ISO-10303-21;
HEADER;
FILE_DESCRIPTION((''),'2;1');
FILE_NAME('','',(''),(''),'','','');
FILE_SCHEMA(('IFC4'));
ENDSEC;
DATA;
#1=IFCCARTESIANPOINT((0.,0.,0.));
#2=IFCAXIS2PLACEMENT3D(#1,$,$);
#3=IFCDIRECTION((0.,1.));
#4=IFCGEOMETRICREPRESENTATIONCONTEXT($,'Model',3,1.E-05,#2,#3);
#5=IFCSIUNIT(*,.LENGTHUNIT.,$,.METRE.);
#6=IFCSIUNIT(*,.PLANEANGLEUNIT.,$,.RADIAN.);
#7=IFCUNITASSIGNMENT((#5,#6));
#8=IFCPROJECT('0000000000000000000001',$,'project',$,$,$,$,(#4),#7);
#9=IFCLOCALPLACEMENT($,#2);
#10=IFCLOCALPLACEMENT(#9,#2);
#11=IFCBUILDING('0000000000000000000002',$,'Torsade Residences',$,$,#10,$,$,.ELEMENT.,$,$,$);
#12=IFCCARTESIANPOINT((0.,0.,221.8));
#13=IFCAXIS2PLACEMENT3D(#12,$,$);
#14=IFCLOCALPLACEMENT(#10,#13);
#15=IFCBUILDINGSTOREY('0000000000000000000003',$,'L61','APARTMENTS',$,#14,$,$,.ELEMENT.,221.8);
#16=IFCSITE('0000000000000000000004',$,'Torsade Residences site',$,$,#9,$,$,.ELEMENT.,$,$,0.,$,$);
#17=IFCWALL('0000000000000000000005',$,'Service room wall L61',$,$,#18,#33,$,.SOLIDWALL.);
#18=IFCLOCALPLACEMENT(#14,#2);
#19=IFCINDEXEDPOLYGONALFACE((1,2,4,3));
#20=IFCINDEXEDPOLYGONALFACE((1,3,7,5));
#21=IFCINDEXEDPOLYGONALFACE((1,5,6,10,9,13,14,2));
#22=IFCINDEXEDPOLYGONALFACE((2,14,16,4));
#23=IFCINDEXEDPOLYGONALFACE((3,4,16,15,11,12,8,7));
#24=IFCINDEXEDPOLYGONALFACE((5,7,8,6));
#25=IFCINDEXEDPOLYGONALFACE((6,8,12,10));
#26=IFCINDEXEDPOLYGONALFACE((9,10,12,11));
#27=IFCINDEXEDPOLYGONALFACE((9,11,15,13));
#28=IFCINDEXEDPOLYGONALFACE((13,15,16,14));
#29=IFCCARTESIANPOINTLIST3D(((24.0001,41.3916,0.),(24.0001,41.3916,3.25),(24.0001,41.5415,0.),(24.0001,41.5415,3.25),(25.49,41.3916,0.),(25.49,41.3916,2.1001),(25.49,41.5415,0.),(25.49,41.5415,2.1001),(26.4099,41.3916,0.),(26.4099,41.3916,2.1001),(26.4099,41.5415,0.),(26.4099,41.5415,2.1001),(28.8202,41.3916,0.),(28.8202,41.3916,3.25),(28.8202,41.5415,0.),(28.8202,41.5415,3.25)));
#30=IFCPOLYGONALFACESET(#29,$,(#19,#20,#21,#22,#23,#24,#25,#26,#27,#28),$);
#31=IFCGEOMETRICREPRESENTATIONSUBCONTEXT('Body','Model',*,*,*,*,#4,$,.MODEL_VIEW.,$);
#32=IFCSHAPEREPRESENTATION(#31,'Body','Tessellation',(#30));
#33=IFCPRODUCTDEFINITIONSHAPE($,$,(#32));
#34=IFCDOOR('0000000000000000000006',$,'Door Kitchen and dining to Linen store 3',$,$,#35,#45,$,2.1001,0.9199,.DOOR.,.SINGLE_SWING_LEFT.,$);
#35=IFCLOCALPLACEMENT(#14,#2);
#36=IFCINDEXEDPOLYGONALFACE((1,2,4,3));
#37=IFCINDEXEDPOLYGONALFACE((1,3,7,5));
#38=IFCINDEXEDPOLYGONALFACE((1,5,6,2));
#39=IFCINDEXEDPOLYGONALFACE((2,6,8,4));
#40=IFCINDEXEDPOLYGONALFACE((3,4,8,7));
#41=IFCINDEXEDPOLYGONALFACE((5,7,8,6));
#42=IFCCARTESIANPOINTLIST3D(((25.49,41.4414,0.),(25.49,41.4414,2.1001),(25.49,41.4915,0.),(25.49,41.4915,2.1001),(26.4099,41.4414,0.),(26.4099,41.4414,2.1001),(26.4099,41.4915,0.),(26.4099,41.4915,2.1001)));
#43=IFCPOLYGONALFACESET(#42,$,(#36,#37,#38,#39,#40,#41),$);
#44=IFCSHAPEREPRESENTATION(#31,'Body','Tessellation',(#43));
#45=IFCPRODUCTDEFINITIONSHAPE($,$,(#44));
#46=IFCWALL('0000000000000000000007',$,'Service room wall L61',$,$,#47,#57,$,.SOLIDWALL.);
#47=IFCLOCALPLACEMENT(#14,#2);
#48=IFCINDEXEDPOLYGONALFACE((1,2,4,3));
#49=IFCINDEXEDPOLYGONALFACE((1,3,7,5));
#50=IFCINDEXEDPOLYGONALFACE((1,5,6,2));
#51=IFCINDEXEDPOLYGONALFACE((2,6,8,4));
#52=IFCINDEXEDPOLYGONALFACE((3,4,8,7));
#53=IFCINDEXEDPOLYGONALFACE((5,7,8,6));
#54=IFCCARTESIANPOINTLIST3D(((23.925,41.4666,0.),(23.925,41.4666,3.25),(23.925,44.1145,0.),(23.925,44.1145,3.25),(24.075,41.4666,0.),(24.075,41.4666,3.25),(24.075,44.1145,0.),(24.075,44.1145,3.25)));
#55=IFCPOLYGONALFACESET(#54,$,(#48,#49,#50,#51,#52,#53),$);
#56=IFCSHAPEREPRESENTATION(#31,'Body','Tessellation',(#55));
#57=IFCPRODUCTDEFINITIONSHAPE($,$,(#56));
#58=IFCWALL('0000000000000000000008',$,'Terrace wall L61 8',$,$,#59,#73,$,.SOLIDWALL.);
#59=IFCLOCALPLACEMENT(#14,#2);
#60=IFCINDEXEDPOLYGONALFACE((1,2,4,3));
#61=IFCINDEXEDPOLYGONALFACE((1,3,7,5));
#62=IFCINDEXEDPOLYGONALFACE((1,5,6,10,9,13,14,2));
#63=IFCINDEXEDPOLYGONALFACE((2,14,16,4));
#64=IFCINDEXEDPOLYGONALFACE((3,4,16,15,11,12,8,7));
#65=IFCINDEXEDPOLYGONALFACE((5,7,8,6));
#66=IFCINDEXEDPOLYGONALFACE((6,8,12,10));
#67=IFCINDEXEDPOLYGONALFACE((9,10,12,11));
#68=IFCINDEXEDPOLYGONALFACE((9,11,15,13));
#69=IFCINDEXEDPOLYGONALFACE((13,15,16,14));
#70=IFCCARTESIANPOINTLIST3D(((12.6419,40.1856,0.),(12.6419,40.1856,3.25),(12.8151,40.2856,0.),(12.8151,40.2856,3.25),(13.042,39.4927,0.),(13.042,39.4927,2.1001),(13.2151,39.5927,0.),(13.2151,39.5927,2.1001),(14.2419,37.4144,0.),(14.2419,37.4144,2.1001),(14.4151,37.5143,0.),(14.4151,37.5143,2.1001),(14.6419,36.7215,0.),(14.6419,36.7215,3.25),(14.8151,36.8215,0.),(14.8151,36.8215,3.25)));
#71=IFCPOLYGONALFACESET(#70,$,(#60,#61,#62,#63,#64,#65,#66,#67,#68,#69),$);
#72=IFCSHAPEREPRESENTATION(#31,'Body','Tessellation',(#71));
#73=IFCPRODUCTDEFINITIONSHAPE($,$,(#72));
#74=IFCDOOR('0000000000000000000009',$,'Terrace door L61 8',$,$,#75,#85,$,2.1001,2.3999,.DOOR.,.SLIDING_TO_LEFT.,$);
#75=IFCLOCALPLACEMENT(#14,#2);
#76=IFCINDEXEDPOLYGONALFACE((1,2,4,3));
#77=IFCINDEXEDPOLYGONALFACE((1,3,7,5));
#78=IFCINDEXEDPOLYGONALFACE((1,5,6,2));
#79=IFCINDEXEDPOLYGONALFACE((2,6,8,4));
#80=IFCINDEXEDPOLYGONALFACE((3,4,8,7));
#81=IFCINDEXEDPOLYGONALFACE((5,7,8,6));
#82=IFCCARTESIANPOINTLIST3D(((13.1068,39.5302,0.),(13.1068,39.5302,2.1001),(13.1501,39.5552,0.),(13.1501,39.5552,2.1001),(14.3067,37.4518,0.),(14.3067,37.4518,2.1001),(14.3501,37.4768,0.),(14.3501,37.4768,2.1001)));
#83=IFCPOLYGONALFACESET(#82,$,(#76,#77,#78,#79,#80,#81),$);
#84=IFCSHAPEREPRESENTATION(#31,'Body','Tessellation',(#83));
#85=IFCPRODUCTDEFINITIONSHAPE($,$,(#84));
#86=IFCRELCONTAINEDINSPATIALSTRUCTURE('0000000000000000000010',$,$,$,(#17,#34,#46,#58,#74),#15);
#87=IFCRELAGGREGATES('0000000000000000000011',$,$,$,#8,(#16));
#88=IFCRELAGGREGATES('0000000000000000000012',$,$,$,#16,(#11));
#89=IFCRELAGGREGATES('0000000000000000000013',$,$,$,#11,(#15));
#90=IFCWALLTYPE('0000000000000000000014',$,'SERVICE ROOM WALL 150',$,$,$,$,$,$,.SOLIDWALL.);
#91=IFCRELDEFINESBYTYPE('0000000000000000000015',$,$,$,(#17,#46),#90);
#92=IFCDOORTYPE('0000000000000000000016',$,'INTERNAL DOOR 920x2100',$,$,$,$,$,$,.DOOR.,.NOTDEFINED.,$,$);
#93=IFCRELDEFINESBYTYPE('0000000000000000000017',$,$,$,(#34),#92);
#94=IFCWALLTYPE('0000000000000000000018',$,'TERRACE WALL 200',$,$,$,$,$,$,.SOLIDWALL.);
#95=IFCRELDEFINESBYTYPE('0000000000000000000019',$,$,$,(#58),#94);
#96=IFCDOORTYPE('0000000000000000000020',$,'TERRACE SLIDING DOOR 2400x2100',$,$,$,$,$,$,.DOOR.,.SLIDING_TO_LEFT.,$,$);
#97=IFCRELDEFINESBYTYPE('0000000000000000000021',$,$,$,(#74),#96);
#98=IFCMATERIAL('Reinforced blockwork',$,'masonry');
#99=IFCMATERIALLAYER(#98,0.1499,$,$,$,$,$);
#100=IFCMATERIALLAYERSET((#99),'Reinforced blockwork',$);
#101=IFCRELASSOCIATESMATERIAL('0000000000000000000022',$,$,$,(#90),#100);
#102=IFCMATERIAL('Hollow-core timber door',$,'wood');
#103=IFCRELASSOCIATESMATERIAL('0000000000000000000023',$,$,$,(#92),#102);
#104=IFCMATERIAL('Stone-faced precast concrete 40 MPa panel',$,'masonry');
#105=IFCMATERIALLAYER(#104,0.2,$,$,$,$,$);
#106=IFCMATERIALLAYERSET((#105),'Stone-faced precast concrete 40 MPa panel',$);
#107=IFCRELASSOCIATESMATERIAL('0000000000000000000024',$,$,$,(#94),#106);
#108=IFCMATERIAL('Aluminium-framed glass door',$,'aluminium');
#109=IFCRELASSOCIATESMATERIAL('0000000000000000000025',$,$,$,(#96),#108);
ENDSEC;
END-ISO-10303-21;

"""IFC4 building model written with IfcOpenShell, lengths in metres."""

from ifc_helpers import new_model, si_unit, direction, frame, frame_2d, origin, place, context, subcontext, project, spatial, rectangle, extrude, material, layer, layer_set, type_object, element, fill, save


model = new_model("IFC4")

# Units and contexts
model_context = context("Model", 3, precision=1e-05, world=origin(), true_north=direction((0.0, 1.0)))
body_context = subcontext(model_context, "Body", "Model", "MODEL_VIEW")
ifc_project = project(units=[si_unit("LENGTHUNIT", "METRE"), si_unit("PLANEANGLEUNIT", "RADIAN")], contexts=[model_context])

# Site, building, storey
site_placement = place(None, origin())
site = spatial("IfcSite", under=ifc_project, at=site_placement, Name="Torsade Residences site", CompositionType="ELEMENT", RefElevation=0.0)
building_placement = place(site_placement, origin())
building = spatial("IfcBuilding", under=site, at=building_placement, Name="Torsade Residences", CompositionType="ELEMENT")
storey_placement = place(building_placement, frame((0.0, 0.0, 221.8)))
storey = spatial("IfcBuildingStorey", under=building, at=storey_placement, Name="L61", Description="APARTMENTS", CompositionType="ELEMENT", Elevation=221.8)

# Wall, opening, door
ifc_material_1 = material(Name="Reinforced blockwork", Category="masonry")
ifc_layer_1 = layer(ifc_material_1, 0.1499)
ifc_layer_set_1 = layer_set([ifc_layer_1], Name="Reinforced blockwork")
wall_type_1 = type_object("IfcWallType", Name="SERVICE ROOM WALL 150", PredefinedType="SOLIDWALL", material=ifc_layer_set_1)
wall_1_placement = place(storey_placement, frame((24.0, 41.4666, 0.0), z_axis=(0.0, 0.0, 1.0), x_axis=(1.0, 0.0, 0.0)))
wall_1 = element("IfcWall", 1, at=wall_1_placement, inside=storey, type_object=wall_type_1, Name="Service room wall L61", PredefinedType="SOLIDWALL", context=body_context, shape_type="SweptSolid", body=[
    extrude(rectangle(XDim=4.8201, YDim=0.1499, at=frame_2d((2.4102, 0.0))), origin(), (0.0, 0.0, 1.0), 3.25),
])
opening_1_placement = place(wall_1_placement, frame((1.49, 0.0, 0.0)))
opening_1 = element("IfcOpeningElement", 2, at=opening_1_placement, cuts=wall_1, PredefinedType="OPENING", context=body_context, shape_type="SweptSolid", body=[
    extrude(rectangle(XDim=0.9199, YDim=2.1001, at=frame_2d((0.46, 1.05))), frame((0.0, 0.085, 0.0), z_axis=(0.0, -1.0, 0.0), x_axis=(1.0, 0.0, 0.0)), (0.0, 0.0, 1.0), 0.1699),
])
ifc_material_2 = material(Name="Hollow-core timber door", Category="wood")
door_type_1 = type_object("IfcDoorType", Name="INTERNAL DOOR 920x2100", OperationType="NOTDEFINED", PredefinedType="DOOR", material=ifc_material_2)
door_1_placement = place(opening_1_placement, origin())
door_1 = element("IfcDoor", 3, at=door_1_placement, inside=storey, type_object=door_type_1, Name="Door Kitchen and dining to Linen store 3", OperationType="SINGLE_SWING_LEFT", OverallHeight=2.1001, OverallWidth=0.9199, PredefinedType="DOOR", context=body_context, shape_type="SweptSolid", body=[
    extrude(rectangle(XDim=0.9199, YDim=2.1001, at=frame_2d((0.46, 1.05))), frame((0.0, 0.0249, 0.0), z_axis=(0.0, -1.0, 0.0), x_axis=(1.0, 0.0, 0.0)), (0.0, 0.0, 1.0), 0.05),
])
fill(opening_1, door_1)

# Wall
wall_2_placement = place(storey_placement, frame((24.0, 44.1145, 0.0), z_axis=(0.0, 0.0, 1.0), x_axis=(0.0, -1.0, 0.0)))
element("IfcWall", 4, at=wall_2_placement, inside=storey, type_object=wall_type_1, Name="Service room wall L61", PredefinedType="SOLIDWALL", context=body_context, shape_type="SweptSolid", body=[
    extrude(rectangle(XDim=2.6479, YDim=0.1499, at=frame_2d((1.324, 0.0))), origin(), (0.0, 0.0, 1.0), 3.25),
])

# Wall, opening, door
ifc_material_3 = material(Name="Stone-faced precast concrete 40 MPa panel", Category="masonry")
ifc_layer_2 = layer(ifc_material_3, 0.2)
ifc_layer_set_2 = layer_set([ifc_layer_2], Name="Stone-faced precast concrete 40 MPa panel")
wall_type_2 = type_object("IfcWallType", Name="TERRACE WALL 200", PredefinedType="SOLIDWALL", material=ifc_layer_set_2)
wall_3_placement = place(storey_placement, frame((12.7285, 40.2356, 0.0), z_axis=(0.0, 0.0, 1.0), x_axis=(0.499999, -0.866026, 0.0)))
wall_3 = element("IfcWall", 5, at=wall_3_placement, inside=storey, type_object=wall_type_2, Name="Terrace wall L61 8", PredefinedType="SOLIDWALL", context=body_context, shape_type="SweptSolid", body=[
    extrude(rectangle(XDim=4.0, YDim=0.2, at=frame_2d((2.0, 0.0))), origin(), (0.0, 0.0, 1.0), 3.25),
])
opening_2_placement = place(wall_3_placement, frame((0.8, 0.0, 0.0)))
opening_2 = element("IfcOpeningElement", 6, at=opening_2_placement, cuts=wall_3, PredefinedType="OPENING", context=body_context, shape_type="SweptSolid", body=[
    extrude(rectangle(XDim=2.3999, YDim=2.1001, at=frame_2d((1.2, 1.05))), frame((0.0, 0.1099, 0.0), z_axis=(0.0, -1.0, 0.0), x_axis=(1.0, 0.0, 0.0)), (0.0, 0.0, 1.0), 0.22),
])
ifc_material_4 = material(Name="Aluminium-framed glass door", Category="aluminium")
door_type_2 = type_object("IfcDoorType", Name="TERRACE SLIDING DOOR 2400x2100", OperationType="SLIDING_TO_LEFT", PredefinedType="DOOR", material=ifc_material_4)
door_2_placement = place(opening_2_placement, origin())
door_2 = element("IfcDoor", 7, at=door_2_placement, inside=storey, type_object=door_type_2, Name="Terrace door L61 8", OperationType="SLIDING_TO_LEFT", OverallHeight=2.1001, OverallWidth=2.3999, PredefinedType="DOOR", context=body_context, shape_type="SweptSolid", body=[
    extrude(rectangle(XDim=2.3999, YDim=2.1001, at=frame_2d((1.2, 1.05))), frame((0.0, 0.0249, 0.0), z_axis=(0.0, -1.0, 0.0), x_axis=(1.0, 0.0, 0.0)), (0.0, 0.0, 1.0), 0.05),
])
fill(opening_2, door_2)

save(model, "model.ifc")
